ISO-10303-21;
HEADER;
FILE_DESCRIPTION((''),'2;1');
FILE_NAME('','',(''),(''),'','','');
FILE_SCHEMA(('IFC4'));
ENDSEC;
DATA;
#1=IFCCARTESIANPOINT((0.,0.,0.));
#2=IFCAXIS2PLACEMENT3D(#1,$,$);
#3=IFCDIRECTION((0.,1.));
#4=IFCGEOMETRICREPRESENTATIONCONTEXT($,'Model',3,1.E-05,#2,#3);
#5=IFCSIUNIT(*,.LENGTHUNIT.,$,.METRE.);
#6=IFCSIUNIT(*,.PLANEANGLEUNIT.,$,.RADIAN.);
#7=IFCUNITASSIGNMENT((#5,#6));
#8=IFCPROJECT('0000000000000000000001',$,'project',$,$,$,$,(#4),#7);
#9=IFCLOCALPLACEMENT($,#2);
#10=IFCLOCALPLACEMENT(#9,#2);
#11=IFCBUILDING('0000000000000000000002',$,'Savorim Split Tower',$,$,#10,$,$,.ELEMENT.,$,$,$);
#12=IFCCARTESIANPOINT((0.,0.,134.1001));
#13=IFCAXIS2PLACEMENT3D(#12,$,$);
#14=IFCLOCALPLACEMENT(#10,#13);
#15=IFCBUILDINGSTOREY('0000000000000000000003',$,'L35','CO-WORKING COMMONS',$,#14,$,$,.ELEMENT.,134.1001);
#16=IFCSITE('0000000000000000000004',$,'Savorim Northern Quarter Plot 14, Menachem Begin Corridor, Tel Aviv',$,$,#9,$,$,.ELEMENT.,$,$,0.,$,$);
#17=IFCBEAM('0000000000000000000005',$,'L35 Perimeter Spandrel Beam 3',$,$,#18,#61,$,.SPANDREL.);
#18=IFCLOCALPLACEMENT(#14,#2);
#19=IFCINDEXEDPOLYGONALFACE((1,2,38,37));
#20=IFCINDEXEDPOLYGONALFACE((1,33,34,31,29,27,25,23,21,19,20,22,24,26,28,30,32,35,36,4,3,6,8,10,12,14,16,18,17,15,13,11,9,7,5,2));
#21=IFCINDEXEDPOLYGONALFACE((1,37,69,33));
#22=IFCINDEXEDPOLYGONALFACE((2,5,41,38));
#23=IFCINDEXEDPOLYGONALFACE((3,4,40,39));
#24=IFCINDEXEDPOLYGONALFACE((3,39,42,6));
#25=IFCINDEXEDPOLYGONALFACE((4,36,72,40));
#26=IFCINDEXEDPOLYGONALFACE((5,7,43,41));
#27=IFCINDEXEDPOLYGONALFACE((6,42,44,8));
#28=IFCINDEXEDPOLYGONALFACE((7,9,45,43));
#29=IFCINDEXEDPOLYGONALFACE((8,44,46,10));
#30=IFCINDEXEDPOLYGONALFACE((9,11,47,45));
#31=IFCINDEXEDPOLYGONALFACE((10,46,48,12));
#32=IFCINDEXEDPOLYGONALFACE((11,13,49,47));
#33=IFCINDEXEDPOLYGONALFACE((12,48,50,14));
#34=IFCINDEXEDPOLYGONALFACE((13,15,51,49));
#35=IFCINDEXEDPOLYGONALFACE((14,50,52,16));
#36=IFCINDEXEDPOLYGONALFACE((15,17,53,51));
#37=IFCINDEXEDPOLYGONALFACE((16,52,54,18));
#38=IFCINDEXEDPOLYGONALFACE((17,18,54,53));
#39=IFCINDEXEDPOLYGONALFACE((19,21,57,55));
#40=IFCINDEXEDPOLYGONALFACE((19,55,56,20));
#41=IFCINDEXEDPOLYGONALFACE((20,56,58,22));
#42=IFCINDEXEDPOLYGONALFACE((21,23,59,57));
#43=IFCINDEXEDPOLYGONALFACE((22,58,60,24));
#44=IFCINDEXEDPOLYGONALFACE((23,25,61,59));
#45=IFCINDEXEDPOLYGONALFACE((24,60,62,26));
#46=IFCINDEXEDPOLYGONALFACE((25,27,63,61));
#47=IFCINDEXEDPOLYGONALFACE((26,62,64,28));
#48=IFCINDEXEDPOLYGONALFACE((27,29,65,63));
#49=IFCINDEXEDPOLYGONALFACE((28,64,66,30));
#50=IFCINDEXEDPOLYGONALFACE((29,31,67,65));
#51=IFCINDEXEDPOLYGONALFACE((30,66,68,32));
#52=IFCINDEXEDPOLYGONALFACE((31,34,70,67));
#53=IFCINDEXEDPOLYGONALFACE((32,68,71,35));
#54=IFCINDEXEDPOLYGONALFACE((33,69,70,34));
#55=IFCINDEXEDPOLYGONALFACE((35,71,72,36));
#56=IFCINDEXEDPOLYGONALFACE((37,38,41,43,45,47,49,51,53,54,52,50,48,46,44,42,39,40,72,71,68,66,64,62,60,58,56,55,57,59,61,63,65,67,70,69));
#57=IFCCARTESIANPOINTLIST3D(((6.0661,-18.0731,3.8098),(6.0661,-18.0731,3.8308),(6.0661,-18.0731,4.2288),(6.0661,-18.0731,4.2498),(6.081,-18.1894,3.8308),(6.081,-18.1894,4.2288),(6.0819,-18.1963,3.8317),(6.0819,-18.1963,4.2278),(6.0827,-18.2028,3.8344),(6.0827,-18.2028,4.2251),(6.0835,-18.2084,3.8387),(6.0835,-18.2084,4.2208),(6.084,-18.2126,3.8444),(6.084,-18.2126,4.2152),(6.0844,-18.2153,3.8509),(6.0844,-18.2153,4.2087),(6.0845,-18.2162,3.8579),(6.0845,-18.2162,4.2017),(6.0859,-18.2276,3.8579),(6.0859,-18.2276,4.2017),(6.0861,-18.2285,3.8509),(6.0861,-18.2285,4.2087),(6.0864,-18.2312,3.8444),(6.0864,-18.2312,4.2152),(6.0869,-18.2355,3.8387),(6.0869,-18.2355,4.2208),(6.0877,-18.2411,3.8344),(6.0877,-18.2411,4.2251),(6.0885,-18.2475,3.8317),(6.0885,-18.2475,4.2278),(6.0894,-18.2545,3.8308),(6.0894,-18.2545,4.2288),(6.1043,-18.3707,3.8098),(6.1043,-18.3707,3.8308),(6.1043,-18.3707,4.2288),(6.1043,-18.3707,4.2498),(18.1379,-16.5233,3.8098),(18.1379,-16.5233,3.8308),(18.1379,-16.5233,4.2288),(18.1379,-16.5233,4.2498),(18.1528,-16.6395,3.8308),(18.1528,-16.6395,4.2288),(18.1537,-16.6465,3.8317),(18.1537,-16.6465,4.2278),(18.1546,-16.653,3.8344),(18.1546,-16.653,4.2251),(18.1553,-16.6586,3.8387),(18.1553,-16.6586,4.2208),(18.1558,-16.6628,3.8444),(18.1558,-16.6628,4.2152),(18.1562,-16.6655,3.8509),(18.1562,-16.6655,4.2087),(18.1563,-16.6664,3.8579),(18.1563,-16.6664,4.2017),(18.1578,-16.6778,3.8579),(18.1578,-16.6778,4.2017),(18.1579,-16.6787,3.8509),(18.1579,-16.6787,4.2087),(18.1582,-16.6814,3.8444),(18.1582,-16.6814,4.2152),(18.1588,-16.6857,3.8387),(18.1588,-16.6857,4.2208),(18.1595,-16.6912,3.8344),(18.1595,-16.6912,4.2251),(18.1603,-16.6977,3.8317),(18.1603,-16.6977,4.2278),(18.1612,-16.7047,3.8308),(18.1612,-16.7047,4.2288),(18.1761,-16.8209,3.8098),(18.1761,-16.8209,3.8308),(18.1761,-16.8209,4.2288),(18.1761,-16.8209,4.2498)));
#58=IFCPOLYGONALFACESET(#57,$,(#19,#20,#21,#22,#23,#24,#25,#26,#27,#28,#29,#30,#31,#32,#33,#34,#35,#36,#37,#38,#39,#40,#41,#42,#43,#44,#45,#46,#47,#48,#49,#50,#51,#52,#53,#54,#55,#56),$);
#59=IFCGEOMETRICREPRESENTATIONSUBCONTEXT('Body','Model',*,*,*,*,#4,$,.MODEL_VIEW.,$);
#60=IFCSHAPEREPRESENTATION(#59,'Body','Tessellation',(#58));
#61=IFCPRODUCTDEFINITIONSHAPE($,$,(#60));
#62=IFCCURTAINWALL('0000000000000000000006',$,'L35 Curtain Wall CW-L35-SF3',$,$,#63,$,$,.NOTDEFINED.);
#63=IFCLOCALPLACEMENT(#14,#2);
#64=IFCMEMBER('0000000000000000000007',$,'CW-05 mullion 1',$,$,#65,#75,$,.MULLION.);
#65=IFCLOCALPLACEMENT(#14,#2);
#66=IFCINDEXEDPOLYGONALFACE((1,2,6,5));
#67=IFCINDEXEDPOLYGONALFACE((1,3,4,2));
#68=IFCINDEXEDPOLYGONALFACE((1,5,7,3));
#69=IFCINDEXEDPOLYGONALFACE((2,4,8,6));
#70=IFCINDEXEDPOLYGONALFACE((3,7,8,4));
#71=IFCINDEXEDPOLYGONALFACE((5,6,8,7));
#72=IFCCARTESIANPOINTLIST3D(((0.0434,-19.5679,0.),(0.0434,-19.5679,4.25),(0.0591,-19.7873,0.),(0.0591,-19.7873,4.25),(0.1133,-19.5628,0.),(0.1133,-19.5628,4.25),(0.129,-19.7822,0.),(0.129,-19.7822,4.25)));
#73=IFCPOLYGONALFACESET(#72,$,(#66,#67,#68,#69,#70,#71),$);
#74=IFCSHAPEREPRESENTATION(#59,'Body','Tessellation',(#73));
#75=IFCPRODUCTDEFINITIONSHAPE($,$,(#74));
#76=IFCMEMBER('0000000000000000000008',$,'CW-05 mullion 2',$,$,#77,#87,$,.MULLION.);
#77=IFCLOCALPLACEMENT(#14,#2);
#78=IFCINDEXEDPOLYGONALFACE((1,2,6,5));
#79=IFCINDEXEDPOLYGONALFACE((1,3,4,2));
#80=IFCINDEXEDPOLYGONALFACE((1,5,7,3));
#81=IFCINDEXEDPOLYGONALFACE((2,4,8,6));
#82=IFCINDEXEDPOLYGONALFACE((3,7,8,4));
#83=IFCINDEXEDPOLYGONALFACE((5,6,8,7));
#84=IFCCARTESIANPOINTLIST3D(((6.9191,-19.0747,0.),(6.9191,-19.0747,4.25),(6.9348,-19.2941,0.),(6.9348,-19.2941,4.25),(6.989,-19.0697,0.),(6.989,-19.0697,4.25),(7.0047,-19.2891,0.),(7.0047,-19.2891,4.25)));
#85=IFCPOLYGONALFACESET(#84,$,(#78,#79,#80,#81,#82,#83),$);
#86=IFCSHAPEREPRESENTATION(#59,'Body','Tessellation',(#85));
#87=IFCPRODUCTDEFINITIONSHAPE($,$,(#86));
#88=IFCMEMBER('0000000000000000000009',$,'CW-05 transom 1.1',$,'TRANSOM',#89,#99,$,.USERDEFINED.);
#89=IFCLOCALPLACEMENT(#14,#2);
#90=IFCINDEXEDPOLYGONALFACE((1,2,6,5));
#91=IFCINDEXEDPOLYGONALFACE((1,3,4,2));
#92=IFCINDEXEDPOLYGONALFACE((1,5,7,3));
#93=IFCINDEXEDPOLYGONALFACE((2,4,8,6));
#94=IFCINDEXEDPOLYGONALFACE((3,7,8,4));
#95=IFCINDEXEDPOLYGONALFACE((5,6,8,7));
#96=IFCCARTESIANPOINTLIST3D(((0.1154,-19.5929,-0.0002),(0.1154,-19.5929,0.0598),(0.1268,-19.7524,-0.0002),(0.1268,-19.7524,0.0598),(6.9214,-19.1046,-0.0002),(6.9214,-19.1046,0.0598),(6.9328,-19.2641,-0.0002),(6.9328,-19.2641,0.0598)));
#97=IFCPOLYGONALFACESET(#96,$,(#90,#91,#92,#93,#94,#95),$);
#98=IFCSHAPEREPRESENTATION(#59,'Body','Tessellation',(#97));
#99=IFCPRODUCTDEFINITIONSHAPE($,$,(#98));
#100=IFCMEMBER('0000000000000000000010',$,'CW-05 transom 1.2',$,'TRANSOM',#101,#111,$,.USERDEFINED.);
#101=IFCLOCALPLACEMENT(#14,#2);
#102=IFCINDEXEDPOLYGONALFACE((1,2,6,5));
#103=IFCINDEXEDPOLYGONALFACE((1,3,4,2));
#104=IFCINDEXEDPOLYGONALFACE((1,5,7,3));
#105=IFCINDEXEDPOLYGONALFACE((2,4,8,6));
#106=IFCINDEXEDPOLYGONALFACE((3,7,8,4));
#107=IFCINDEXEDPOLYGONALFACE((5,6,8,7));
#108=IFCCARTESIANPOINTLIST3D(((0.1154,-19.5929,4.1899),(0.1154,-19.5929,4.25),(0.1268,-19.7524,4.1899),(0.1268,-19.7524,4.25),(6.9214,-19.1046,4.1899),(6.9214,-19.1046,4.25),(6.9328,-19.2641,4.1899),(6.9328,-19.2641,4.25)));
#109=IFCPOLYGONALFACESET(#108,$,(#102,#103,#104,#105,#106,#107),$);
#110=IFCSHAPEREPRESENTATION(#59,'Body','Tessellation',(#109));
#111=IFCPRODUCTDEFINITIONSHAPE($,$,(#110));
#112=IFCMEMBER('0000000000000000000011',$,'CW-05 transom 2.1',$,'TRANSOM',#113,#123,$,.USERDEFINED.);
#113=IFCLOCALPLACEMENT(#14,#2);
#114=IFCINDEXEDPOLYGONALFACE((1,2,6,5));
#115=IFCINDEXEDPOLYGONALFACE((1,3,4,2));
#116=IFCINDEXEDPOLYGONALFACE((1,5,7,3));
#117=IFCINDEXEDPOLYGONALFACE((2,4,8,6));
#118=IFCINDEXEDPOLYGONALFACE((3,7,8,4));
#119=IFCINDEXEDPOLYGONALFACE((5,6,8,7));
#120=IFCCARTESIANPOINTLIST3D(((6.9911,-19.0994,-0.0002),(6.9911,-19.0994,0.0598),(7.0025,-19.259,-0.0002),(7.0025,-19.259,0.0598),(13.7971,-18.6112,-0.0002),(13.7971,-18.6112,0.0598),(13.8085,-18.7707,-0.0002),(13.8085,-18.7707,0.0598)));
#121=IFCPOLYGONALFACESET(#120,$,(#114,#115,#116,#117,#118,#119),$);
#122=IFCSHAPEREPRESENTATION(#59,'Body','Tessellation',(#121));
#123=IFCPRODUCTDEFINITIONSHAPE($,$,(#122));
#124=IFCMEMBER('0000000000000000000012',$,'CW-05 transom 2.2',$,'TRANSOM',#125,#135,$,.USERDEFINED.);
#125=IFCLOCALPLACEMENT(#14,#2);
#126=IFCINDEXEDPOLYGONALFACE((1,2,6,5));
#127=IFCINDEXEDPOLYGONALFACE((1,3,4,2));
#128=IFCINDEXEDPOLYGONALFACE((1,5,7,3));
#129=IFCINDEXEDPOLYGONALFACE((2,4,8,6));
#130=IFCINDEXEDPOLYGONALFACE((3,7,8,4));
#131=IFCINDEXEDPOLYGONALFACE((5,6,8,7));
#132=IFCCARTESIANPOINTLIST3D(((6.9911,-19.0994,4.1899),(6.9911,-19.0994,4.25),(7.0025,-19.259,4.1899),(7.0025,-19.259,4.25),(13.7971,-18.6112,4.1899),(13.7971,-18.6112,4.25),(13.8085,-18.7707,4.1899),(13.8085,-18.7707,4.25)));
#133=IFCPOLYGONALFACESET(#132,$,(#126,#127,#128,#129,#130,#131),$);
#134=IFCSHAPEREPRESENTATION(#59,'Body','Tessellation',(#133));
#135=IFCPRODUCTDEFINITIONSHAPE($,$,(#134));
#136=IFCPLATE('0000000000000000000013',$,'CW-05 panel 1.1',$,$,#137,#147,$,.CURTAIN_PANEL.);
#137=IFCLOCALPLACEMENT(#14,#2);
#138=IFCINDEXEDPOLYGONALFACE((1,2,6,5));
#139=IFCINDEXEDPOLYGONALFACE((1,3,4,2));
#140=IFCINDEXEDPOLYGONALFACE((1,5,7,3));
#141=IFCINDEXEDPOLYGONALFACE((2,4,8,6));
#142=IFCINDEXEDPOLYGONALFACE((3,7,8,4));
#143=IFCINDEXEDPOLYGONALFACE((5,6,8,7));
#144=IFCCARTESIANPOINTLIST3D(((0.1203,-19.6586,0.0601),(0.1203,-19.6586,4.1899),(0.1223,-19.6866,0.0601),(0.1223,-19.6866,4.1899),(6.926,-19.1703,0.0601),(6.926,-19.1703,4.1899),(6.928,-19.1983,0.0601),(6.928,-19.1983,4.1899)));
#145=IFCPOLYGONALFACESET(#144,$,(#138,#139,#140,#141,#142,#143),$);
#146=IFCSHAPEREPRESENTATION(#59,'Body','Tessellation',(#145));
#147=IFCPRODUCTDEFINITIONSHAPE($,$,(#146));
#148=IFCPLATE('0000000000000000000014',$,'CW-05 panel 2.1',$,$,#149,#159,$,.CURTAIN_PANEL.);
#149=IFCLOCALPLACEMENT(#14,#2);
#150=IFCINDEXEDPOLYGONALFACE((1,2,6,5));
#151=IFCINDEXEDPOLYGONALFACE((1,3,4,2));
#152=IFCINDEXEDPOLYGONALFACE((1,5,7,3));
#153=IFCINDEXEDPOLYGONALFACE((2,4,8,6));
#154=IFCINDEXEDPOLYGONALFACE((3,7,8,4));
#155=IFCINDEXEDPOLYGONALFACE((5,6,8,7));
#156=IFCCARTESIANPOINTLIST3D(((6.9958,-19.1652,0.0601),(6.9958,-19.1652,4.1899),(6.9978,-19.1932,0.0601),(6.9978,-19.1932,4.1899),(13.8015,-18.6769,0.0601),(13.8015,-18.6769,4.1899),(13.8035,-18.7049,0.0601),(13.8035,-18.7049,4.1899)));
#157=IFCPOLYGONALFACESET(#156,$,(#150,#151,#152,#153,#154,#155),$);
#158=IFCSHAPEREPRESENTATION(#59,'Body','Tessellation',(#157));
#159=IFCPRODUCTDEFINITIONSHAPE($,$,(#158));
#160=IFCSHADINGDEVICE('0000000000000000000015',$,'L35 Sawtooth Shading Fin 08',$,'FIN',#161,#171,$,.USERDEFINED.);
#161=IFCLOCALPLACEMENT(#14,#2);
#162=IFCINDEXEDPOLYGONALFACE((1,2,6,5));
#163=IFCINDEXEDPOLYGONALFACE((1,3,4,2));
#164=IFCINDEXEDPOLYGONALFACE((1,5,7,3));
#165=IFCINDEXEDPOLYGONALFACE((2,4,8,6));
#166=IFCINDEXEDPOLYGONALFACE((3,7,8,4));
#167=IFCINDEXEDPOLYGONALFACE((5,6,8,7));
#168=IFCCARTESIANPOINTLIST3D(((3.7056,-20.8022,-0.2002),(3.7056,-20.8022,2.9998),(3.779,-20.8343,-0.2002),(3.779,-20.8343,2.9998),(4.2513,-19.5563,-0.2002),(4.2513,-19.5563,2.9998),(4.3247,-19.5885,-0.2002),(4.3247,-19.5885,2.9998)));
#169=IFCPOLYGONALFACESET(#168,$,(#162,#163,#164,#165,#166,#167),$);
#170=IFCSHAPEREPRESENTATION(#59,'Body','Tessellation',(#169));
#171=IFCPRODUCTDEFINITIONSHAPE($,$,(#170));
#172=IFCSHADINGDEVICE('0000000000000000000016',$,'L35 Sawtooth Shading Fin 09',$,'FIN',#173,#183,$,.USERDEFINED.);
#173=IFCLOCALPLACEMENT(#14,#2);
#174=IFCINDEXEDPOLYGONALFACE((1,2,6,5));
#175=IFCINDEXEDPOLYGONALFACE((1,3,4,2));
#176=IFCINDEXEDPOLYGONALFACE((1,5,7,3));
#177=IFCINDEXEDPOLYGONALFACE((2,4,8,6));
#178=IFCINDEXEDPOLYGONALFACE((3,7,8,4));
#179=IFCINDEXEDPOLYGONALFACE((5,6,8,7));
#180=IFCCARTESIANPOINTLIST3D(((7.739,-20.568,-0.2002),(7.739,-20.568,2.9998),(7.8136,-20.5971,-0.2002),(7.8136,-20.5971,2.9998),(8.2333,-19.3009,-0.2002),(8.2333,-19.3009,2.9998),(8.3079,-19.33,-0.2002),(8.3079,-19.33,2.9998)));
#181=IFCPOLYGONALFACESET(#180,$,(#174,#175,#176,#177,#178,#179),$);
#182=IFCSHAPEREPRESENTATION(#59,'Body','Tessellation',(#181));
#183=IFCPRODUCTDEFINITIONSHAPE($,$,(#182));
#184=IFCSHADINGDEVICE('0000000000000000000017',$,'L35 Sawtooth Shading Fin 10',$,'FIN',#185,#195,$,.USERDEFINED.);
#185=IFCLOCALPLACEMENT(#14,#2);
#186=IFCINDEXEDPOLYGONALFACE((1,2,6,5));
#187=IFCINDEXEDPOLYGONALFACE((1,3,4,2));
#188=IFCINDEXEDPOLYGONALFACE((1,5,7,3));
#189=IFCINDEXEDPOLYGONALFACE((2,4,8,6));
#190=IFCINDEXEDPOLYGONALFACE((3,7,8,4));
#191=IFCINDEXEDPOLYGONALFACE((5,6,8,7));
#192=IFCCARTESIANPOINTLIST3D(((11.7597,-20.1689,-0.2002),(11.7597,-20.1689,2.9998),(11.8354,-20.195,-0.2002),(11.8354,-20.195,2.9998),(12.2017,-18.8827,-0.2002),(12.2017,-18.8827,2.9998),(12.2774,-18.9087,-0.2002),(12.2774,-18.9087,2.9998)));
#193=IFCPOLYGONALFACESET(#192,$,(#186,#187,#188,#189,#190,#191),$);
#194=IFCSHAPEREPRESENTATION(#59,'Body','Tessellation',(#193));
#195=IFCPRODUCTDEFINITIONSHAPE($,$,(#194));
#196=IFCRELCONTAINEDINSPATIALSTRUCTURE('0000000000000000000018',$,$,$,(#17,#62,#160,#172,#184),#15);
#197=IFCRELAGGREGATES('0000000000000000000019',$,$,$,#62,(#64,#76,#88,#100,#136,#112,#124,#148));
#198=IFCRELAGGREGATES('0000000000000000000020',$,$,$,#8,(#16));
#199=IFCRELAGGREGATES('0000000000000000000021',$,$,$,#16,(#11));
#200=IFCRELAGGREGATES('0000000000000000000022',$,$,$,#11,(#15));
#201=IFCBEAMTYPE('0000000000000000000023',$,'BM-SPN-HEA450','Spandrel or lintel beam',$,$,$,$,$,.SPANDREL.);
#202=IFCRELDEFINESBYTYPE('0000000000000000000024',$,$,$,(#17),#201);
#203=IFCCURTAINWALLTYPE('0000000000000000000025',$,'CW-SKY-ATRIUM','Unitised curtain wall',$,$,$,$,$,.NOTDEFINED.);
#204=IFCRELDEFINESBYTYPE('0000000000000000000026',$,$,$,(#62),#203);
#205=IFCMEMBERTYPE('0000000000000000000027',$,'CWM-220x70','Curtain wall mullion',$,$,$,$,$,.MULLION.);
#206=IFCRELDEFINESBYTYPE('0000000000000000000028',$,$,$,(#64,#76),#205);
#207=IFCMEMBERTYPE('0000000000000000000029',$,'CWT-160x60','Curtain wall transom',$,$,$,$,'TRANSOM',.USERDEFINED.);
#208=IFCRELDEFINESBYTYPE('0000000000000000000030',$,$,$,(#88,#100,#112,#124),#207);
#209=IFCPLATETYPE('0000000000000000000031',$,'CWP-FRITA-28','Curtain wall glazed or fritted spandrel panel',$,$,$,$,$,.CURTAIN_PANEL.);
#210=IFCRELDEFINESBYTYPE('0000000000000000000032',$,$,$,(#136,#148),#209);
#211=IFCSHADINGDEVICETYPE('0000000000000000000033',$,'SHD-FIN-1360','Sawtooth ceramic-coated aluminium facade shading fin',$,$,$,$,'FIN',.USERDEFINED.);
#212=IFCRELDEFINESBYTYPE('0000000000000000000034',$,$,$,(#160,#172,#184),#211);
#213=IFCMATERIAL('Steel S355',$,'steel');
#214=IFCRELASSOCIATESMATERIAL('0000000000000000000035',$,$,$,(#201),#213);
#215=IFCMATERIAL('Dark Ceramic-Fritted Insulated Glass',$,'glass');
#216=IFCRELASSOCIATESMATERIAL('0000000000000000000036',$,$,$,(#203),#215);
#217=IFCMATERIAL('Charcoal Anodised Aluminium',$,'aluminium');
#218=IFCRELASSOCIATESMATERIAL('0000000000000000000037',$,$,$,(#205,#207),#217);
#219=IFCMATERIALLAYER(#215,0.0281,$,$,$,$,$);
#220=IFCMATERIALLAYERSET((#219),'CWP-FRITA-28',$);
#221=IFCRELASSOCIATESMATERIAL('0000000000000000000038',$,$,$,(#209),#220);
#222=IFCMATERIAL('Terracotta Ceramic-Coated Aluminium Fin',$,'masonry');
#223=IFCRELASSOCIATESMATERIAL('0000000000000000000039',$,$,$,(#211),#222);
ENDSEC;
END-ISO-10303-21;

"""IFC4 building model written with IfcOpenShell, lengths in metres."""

from ifc_helpers import new_model, si_unit, direction, frame, origin, origin_2d, place, context, subcontext, project, spatial, rectangle, i_section, extrude, material, layer, layer_set, material_profile, profile_set, type_object, element, aggregate, save


model = new_model("IFC4")

# Units and contexts
model_context = context("Model", 3, precision=1e-05, world=origin(), true_north=direction((0.0, 1.0)))
body_context = subcontext(model_context, "Body", "Model", "MODEL_VIEW")
ifc_project = project(units=[si_unit("LENGTHUNIT", "METRE"), si_unit("PLANEANGLEUNIT", "RADIAN")], contexts=[model_context])

# Site, building, storey
site_placement = place(None, origin())
site = spatial("IfcSite", under=ifc_project, at=site_placement, Name="Savorim Northern Quarter Plot 14, Menachem Begin Corridor, Tel Aviv", CompositionType="ELEMENT", RefElevation=0.0)
building_placement = place(site_placement, origin())
building = spatial("IfcBuilding", under=site, at=building_placement, Name="Savorim Split Tower", CompositionType="ELEMENT")
storey_placement = place(building_placement, frame((0.0, 0.0, 134.1001)))
storey = spatial("IfcBuildingStorey", under=building, at=storey_placement, Name="L35", Description="CO-WORKING COMMONS", CompositionType="ELEMENT", Elevation=134.1001)

# Beam
ifc_material_1 = material(Name="Steel S355", Category="steel")
ifc_material_profile_1 = material_profile(ifc_material_1, i_section(OverallWidth=0.3, OverallDepth=0.4399, WebThickness=0.0115, FlangeThickness=0.021, FilletRadius=0.0271, at=origin_2d()), Name="HEA 450")
ifc_profile_set_1 = profile_set([ifc_material_profile_1], Name="Steel S355")
beam_type_1 = type_object("IfcBeamType", Name="BM-SPN-HEA450", Description="Spandrel or lintel beam", PredefinedType="SPANDREL", material=ifc_profile_set_1)
beam_1_placement = place(storey_placement, frame((6.0852, -18.2219, 4.0298), z_axis=(0.991859, 0.127337, 0.0), x_axis=(-0.127337, 0.991859, 0.0)))
element("IfcBeam", 1, at=beam_1_placement, inside=storey, type_object=beam_type_1, Name="L35 Perimeter Spandrel Beam 3", PredefinedType="SPANDREL", context=body_context, shape_type="SweptSolid", body=[
    extrude(i_section(OverallWidth=0.3, OverallDepth=0.4399, WebThickness=0.0115, FlangeThickness=0.021, FilletRadius=0.0271, at=origin_2d()), origin(), (0.0, 0.0, 1.0), 12.1709),
])

# Curtain wall, members, plates
ifc_material_2 = material(Name="Dark Ceramic-Fritted Insulated Glass", Category="glass")
curtain_wall_type = type_object("IfcCurtainWallType", Name="CW-SKY-ATRIUM", Description="Unitised curtain wall", PredefinedType="NOTDEFINED", material=ifc_material_2)
curtain_wall_placement = place(storey_placement, origin())
curtain_wall = element("IfcCurtainWall", 2, at=curtain_wall_placement, inside=storey, type_object=curtain_wall_type, Name="L35 Curtain Wall CW-L35-SF3", PredefinedType="NOTDEFINED")
ifc_material_3 = material(Name="Charcoal Anodised Aluminium", Category="aluminium")
ifc_material_profile_2 = material_profile(ifc_material_3, rectangle(XDim=0.22, YDim=0.0701, at=origin_2d()), Name="ALU-M 220x70")
ifc_profile_set_2 = profile_set([ifc_material_profile_2], Name="Charcoal Anodised Aluminium")
member_type_1 = type_object("IfcMemberType", Name="CWM-220x70", Description="Curtain wall mullion", PredefinedType="MULLION", material=ifc_profile_set_2)
member_1_placement = place(storey_placement, frame((0.0862, -19.675, 0.0), z_axis=(0.0, 0.0, 1.0), x_axis=(-0.071561, 0.997436, 0.0)))
member_1 = element("IfcMember", 3, at=member_1_placement, type_object=member_type_1, Name="CW-05 mullion 1", PredefinedType="MULLION", context=body_context, shape_type="SweptSolid", body=[
    extrude(rectangle(XDim=0.22, YDim=0.0701, at=origin_2d()), origin(), (0.0, 0.0, 1.0), 4.25),
])
member_2_placement = place(storey_placement, frame((6.9619, -19.1819, 0.0), z_axis=(0.0, 0.0, 1.0), x_axis=(-0.071561, 0.997436, 0.0)))
member_2 = element("IfcMember", 4, at=member_2_placement, type_object=member_type_1, Name="CW-05 mullion 2", PredefinedType="MULLION", context=body_context, shape_type="SweptSolid", body=[
    extrude(rectangle(XDim=0.22, YDim=0.0701, at=origin_2d()), origin(), (0.0, 0.0, 1.0), 4.25),
])
ifc_material_profile_3 = material_profile(ifc_material_3, rectangle(XDim=0.1599, YDim=0.0601, at=origin_2d()), Name="ALU-T 160x60")
ifc_profile_set_3 = profile_set([ifc_material_profile_3], Name="Charcoal Anodised Aluminium")
member_type_2 = type_object("IfcMemberType", Name="CWT-160x60", Description="Curtain wall transom", ElementType="TRANSOM", PredefinedType="USERDEFINED", material=ifc_profile_set_3)
member_3_placement = place(storey_placement, frame((0.1211, -19.6726, 0.0298), z_axis=(0.997436, 0.07156, 0.0), x_axis=(-0.07156, 0.997436, 0.0)))
member_3 = element("IfcMember", 5, at=member_3_placement, type_object=member_type_2, Name="CW-05 transom 1.1", ObjectType="TRANSOM", PredefinedType="USERDEFINED", context=body_context, shape_type="SweptSolid", body=[
    extrude(rectangle(XDim=0.1599, YDim=0.0601, at=origin_2d()), origin(), (0.0, 0.0, 1.0), 6.8235),
])
member_4_placement = place(storey_placement, frame((0.1211, -19.6726, 4.22), z_axis=(0.997436, 0.07156, 0.0), x_axis=(-0.07156, 0.997436, 0.0)))
member_4 = element("IfcMember", 6, at=member_4_placement, type_object=member_type_2, Name="CW-05 transom 1.2", ObjectType="TRANSOM", PredefinedType="USERDEFINED", context=body_context, shape_type="SweptSolid", body=[
    extrude(rectangle(XDim=0.1599, YDim=0.0601, at=origin_2d()), origin(), (0.0, 0.0, 1.0), 6.8235),
])
member_5_placement = place(storey_placement, frame((6.9968, -19.1792, 0.0298), z_axis=(0.997436, 0.07156, 0.0), x_axis=(-0.07156, 0.997436, 0.0)))
member_5 = element("IfcMember", 7, at=member_5_placement, type_object=member_type_2, Name="CW-05 transom 2.1", ObjectType="TRANSOM", PredefinedType="USERDEFINED", context=body_context, shape_type="SweptSolid", body=[
    extrude(rectangle(XDim=0.1599, YDim=0.0601, at=origin_2d()), origin(), (0.0, 0.0, 1.0), 6.8235),
])
member_6_placement = place(storey_placement, frame((6.9968, -19.1792, 4.22), z_axis=(0.997436, 0.07156, 0.0), x_axis=(-0.07156, 0.997436, 0.0)))
member_6 = element("IfcMember", 8, at=member_6_placement, type_object=member_type_2, Name="CW-05 transom 2.2", ObjectType="TRANSOM", PredefinedType="USERDEFINED", context=body_context, shape_type="SweptSolid", body=[
    extrude(rectangle(XDim=0.1599, YDim=0.0601, at=origin_2d()), origin(), (0.0, 0.0, 1.0), 6.8235),
])
ifc_layer = layer(ifc_material_2, 0.0281)
ifc_layer_set = layer_set([ifc_layer], Name="CWP-FRITA-28")
plate_type = type_object("IfcPlateType", Name="CWP-FRITA-28", Description="Curtain wall glazed or fritted spandrel panel", PredefinedType="CURTAIN_PANEL", material=ifc_layer_set)
plate_1_placement = place(storey_placement, frame((3.5242, -19.4285, 0.0601), z_axis=(0.0, 0.0, 1.0), x_axis=(0.997436, 0.071561, 0.0)))
plate_1 = element("IfcPlate", 9, at=plate_1_placement, type_object=plate_type, Name="CW-05 panel 1.1", PredefinedType="CURTAIN_PANEL", context=body_context, shape_type="SweptSolid", body=[
    extrude(rectangle(XDim=6.8232, YDim=0.0281, at=origin_2d()), origin(), (0.0, 0.0, 1.0), 4.1299),
])
plate_2_placement = place(storey_placement, frame((10.3997, -18.9351, 0.0601), z_axis=(0.0, 0.0, 1.0), x_axis=(0.997436, 0.071561, 0.0)))
plate_2 = element("IfcPlate", 10, at=plate_2_placement, type_object=plate_type, Name="CW-05 panel 2.1", PredefinedType="CURTAIN_PANEL", context=body_context, shape_type="SweptSolid", body=[
    extrude(rectangle(XDim=6.8232, YDim=0.0281, at=origin_2d()), origin(), (0.0, 0.0, 1.0), 4.1299),
])
aggregate(curtain_wall, [member_1, member_2, member_3, member_4, plate_1, member_5, member_6, plate_2])

# Shading devices
ifc_material_4 = material(Name="Terracotta Ceramic-Coated Aluminium Fin", Category="masonry")
shading_device_type = type_object("IfcShadingDeviceType", Name="SHD-FIN-1360", Description="Sawtooth ceramic-coated aluminium facade shading fin", ElementType="FIN", PredefinedType="USERDEFINED", material=ifc_material_4)
for number, where, z_axis, x_axis, name in (
    (11, (4.0151, -20.1953, -0.2002), (0.0, 0.0, 1.0), (-0.40123, -0.915977, 0.0), "L35 Sawtooth Shading Fin 08"),
    (12, (8.0234, -19.949, -0.2002), (0.0, 0.0, 1.0), (-0.363415, -0.931627, 0.0), "L35 Sawtooth Shading Fin 09"),
    (13, (12.0186, -19.5388, -0.2002), (0.0, 0.0, 1.0), (-0.324994, -0.945716, 0.0), "L35 Sawtooth Shading Fin 10"),
):
    element("IfcShadingDevice", number, at=place(storey_placement, frame(where, z_axis=z_axis, x_axis=x_axis)), inside=storey, type_object=shading_device_type, Name=name, ObjectType="FIN", PredefinedType="USERDEFINED", context=body_context, shape_type="SweptSolid", body=[
        extrude(rectangle(XDim=1.3601, YDim=0.0801, at=origin_2d()), origin(), (0.0, 0.0, 1.0), 3.2),
    ])

save(model, "model.ifc")
